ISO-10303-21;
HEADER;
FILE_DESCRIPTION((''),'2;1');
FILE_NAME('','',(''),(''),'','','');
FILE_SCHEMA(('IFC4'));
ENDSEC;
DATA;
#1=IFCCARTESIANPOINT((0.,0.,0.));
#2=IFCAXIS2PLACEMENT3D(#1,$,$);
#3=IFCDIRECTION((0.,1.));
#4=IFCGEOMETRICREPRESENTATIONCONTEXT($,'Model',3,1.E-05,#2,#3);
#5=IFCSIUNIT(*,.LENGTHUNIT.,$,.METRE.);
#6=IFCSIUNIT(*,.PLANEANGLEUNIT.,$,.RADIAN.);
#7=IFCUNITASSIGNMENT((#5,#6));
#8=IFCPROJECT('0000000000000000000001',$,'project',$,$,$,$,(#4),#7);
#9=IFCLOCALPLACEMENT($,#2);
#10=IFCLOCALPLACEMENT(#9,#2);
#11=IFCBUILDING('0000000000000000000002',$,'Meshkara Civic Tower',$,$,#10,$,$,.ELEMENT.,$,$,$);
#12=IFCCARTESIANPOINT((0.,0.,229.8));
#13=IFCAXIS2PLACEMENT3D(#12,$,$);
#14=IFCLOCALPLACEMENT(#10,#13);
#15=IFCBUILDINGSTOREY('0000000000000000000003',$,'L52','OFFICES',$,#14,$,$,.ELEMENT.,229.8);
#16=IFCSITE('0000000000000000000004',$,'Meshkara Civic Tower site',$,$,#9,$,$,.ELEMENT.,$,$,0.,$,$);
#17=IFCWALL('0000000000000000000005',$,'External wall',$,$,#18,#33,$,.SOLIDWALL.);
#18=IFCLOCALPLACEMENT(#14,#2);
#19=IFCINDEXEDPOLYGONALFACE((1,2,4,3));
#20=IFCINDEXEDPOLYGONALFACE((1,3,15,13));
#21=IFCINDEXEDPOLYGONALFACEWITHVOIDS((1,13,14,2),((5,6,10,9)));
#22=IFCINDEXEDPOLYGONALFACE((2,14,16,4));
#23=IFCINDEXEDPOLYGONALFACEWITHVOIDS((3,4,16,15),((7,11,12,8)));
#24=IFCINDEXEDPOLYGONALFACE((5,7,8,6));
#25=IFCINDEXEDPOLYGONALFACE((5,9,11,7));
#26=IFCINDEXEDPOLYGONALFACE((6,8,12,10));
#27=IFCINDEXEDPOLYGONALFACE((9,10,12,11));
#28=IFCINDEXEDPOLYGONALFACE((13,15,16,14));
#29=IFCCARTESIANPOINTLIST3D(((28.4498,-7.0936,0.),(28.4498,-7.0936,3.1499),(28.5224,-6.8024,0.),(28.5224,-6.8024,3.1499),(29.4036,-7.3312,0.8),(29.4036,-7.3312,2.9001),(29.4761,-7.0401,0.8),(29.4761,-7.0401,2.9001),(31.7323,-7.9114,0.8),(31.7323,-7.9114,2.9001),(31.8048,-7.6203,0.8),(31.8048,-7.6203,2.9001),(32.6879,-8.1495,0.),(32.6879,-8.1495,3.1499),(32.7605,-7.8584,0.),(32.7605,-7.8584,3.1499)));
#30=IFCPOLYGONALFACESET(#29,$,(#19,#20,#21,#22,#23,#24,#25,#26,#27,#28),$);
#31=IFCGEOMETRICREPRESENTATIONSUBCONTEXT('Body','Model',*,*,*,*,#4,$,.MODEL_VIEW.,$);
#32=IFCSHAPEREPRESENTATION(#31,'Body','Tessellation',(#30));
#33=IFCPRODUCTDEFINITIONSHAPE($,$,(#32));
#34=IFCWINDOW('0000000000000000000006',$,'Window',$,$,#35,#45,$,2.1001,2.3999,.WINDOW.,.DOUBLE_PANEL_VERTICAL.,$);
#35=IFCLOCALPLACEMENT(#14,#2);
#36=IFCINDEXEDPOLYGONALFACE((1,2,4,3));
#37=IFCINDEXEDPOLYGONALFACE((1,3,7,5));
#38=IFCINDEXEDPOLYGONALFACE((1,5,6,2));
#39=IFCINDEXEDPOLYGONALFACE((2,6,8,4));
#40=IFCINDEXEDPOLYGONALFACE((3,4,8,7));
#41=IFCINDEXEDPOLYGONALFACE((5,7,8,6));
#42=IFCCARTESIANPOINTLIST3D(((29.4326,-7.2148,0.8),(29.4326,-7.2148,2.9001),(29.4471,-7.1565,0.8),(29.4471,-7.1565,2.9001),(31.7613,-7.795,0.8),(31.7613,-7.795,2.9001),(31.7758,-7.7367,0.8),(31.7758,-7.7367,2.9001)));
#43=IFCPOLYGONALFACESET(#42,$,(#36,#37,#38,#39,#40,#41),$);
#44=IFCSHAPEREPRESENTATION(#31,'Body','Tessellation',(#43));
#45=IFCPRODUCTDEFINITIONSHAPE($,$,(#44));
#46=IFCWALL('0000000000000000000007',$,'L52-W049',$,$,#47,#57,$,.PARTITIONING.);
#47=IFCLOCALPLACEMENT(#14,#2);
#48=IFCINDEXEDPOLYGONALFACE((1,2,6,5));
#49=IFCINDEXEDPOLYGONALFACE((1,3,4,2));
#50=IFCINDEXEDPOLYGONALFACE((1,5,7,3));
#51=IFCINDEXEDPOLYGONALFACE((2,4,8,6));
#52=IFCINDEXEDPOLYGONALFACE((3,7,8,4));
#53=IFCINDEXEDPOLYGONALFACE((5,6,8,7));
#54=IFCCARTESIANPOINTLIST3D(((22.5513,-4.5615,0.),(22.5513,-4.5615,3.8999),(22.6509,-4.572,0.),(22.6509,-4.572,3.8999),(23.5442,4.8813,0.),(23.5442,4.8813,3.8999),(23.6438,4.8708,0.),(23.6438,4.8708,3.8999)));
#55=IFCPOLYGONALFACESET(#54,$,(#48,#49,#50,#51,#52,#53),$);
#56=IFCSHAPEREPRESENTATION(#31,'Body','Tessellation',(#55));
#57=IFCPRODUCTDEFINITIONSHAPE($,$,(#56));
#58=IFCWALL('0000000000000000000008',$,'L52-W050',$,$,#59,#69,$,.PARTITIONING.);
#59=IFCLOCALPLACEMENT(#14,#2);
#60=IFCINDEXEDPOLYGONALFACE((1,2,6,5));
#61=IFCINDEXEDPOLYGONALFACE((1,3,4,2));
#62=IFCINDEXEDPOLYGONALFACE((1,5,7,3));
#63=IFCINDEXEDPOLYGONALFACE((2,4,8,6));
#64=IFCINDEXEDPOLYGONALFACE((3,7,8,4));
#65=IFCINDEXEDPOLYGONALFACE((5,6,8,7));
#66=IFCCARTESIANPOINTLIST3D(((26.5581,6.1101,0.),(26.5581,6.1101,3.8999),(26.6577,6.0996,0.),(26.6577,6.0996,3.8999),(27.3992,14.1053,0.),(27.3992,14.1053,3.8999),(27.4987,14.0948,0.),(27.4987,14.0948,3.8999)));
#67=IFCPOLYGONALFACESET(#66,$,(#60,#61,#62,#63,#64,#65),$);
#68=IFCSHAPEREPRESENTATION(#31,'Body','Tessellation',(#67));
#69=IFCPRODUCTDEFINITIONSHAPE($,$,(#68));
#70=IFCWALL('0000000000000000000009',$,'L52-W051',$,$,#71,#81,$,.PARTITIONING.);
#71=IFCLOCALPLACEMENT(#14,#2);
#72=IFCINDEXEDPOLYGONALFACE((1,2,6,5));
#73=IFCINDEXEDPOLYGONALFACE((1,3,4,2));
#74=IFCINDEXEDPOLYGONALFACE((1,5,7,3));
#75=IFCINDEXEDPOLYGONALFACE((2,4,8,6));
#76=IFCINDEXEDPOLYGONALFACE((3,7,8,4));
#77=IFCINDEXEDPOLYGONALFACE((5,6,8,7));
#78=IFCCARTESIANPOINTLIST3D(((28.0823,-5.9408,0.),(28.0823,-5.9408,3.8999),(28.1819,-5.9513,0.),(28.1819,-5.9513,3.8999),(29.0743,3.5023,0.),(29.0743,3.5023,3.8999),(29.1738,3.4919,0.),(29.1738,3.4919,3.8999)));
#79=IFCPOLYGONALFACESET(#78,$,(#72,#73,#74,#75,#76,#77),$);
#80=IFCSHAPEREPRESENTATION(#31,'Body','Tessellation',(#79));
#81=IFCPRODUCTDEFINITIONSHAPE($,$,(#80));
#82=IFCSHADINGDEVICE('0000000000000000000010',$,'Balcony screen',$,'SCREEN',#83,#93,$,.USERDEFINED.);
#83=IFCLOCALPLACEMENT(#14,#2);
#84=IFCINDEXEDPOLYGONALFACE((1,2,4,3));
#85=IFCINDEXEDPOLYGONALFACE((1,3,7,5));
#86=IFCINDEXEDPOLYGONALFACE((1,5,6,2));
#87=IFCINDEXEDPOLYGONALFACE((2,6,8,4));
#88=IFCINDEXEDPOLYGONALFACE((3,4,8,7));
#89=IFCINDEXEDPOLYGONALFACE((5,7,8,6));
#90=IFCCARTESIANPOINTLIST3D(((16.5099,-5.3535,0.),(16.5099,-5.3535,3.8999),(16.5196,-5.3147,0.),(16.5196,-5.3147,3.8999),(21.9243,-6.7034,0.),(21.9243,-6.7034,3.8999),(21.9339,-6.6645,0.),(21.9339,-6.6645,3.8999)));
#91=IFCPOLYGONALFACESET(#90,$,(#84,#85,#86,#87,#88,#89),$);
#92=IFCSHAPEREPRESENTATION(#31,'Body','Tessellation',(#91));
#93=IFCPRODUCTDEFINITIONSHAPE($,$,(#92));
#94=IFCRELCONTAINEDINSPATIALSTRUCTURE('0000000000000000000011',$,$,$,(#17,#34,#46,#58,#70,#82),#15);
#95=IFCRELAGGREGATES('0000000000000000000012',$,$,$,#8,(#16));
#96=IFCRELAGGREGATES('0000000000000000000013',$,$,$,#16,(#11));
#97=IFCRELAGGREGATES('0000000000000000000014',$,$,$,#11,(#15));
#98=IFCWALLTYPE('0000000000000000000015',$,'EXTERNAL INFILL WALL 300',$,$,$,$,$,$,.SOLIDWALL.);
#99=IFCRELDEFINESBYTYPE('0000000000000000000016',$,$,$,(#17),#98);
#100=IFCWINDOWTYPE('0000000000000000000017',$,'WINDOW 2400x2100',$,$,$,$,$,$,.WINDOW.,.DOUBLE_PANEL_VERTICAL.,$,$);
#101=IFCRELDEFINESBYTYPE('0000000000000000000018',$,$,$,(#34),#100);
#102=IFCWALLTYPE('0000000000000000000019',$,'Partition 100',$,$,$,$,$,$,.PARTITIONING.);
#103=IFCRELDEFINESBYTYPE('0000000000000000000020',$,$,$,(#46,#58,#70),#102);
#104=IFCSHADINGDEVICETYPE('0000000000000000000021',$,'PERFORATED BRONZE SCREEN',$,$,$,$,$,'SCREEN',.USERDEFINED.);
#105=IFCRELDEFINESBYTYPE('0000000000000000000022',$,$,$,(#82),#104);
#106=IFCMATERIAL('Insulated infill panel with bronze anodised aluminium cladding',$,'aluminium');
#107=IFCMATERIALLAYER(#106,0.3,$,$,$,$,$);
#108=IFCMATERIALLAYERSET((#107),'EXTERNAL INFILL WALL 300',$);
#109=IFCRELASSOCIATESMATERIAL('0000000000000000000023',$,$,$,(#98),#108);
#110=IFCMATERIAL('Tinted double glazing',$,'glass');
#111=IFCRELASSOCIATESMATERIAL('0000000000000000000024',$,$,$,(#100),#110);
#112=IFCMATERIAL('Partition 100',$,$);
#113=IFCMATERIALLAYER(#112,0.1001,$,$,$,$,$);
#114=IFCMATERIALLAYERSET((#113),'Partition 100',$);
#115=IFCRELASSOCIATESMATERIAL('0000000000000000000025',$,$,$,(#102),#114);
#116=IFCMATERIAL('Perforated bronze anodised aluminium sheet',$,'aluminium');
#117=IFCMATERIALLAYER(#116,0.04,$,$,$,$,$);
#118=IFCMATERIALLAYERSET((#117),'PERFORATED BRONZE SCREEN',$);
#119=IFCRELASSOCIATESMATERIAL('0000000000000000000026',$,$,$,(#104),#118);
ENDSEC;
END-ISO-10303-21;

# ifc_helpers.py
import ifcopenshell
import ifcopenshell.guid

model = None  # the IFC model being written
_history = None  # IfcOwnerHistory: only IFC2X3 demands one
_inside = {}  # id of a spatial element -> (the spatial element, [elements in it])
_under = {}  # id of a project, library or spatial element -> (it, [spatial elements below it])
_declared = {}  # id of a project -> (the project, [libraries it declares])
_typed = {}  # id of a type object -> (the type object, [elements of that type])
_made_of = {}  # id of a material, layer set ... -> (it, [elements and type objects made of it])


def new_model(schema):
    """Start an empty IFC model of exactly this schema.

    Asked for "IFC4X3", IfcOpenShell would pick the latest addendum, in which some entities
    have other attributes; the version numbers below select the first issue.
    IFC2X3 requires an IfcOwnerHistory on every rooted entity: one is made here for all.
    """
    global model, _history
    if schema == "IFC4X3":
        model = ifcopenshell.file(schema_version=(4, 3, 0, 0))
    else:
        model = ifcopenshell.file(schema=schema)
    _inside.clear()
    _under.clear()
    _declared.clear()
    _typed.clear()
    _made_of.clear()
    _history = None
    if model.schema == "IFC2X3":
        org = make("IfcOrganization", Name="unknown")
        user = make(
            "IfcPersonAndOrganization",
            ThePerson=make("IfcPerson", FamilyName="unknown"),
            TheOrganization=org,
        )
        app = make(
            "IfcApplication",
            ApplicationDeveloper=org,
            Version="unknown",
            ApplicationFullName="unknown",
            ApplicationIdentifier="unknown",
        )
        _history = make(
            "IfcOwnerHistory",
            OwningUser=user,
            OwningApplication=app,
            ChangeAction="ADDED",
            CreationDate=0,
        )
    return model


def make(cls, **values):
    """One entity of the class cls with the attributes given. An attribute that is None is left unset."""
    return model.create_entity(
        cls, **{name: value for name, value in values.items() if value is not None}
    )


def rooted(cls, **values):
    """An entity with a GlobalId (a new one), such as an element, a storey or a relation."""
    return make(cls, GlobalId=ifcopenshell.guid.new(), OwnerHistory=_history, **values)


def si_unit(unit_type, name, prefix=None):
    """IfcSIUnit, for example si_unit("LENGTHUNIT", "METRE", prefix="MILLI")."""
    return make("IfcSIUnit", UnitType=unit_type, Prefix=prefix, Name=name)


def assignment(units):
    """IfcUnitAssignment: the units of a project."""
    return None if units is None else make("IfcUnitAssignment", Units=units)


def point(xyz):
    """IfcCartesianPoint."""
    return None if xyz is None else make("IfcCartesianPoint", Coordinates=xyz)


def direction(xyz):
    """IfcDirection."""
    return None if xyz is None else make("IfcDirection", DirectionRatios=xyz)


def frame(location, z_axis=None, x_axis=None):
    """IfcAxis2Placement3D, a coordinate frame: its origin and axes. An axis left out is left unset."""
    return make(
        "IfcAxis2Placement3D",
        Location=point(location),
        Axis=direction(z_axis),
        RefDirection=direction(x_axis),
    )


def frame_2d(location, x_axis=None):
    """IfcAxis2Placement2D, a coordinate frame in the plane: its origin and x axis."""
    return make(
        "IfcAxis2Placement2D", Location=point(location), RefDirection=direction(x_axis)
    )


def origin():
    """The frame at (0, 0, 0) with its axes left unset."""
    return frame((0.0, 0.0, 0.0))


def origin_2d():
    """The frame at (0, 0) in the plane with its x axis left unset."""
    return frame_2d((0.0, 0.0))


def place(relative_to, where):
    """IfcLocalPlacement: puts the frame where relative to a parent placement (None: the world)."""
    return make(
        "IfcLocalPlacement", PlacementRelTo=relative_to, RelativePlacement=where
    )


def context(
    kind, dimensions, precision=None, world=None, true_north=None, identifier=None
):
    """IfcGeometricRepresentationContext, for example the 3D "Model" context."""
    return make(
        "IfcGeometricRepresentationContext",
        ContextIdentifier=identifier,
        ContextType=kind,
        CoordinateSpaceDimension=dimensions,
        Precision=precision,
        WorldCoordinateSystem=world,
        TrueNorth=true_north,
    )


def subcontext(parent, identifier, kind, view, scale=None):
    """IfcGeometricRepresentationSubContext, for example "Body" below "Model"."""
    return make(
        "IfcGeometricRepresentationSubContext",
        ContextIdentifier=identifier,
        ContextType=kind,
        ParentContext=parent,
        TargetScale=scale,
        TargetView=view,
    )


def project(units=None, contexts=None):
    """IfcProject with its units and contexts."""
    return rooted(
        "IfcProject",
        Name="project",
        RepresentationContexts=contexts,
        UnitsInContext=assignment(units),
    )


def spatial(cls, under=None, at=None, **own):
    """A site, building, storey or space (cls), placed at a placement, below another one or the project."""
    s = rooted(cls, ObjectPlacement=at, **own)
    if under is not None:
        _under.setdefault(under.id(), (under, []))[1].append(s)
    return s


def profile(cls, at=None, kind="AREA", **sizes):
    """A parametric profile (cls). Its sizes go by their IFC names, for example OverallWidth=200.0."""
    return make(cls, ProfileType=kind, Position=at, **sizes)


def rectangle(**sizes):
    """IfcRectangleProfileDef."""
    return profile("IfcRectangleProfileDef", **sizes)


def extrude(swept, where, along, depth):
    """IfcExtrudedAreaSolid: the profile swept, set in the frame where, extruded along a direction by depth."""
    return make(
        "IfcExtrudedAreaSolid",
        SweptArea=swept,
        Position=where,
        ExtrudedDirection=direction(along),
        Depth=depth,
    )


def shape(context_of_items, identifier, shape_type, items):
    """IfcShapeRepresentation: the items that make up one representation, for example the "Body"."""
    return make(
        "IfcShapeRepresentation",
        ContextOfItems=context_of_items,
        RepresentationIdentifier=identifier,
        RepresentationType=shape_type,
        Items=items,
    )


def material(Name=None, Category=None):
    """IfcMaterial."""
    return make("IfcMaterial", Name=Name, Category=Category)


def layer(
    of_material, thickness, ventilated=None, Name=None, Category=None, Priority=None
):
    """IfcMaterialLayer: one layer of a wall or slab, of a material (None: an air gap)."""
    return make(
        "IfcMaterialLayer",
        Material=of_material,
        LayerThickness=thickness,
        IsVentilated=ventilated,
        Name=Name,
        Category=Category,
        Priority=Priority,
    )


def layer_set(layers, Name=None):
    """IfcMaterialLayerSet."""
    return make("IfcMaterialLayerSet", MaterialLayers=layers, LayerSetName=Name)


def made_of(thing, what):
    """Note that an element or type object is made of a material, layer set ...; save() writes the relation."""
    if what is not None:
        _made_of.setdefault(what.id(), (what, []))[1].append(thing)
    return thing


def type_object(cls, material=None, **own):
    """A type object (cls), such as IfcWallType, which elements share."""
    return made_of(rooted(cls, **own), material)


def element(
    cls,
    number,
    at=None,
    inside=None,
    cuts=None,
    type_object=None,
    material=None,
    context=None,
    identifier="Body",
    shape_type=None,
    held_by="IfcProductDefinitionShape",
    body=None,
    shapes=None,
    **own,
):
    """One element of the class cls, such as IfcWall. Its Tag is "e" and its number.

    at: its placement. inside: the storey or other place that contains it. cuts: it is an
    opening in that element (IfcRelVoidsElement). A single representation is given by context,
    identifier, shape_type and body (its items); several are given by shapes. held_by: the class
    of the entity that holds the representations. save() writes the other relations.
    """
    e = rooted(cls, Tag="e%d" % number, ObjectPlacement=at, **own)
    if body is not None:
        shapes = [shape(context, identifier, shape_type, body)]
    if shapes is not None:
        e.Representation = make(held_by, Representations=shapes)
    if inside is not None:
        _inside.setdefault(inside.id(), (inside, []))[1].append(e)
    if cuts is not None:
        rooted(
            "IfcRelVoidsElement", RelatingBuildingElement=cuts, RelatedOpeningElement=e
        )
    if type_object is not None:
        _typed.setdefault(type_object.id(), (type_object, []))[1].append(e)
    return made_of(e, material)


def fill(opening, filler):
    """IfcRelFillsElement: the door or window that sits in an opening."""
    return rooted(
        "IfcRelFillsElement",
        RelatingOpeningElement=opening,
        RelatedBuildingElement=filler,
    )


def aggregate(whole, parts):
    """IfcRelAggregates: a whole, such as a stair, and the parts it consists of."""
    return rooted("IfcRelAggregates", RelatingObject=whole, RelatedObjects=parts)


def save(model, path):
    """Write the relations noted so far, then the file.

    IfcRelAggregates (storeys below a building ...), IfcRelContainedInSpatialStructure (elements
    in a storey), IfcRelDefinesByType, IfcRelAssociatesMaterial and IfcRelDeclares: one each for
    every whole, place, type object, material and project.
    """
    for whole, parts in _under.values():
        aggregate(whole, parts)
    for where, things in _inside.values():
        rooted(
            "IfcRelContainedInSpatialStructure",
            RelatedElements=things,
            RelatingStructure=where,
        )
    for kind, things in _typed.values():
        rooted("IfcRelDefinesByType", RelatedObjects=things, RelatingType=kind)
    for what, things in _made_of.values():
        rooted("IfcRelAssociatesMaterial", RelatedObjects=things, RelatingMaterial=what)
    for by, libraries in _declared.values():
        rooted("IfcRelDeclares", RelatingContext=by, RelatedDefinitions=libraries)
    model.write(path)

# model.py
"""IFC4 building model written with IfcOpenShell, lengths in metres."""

from ifc_helpers import new_model, si_unit, direction, frame, frame_2d, origin, origin_2d, place, context, subcontext, project, spatial, rectangle, extrude, material, layer, layer_set, type_object, element, fill, save


model = new_model("IFC4")

# Units and contexts
model_context = context("Model", 3, precision=1e-05, world=origin(), true_north=direction((0.0, 1.0)))
body_context = subcontext(model_context, "Body", "Model", "MODEL_VIEW")
ifc_project = project(units=[si_unit("LENGTHUNIT", "METRE"), si_unit("PLANEANGLEUNIT", "RADIAN")], contexts=[model_context])

# Site, building, storey
site_placement = place(None, origin())
site = spatial("IfcSite", under=ifc_project, at=site_placement, Name="Meshkara Civic Tower site", CompositionType="ELEMENT", RefElevation=0.0)
building_placement = place(site_placement, origin())
building = spatial("IfcBuilding", under=site, at=building_placement, Name="Meshkara Civic Tower", CompositionType="ELEMENT")
storey_placement = place(building_placement, frame((0.0, 0.0, 229.8)))
storey = spatial("IfcBuildingStorey", under=building, at=storey_placement, Name="L52", Description="OFFICES", CompositionType="ELEMENT", Elevation=229.8)

# Wall, opening, window
ifc_material_1 = material(Name="Insulated infill panel with bronze anodised aluminium cladding", Category="aluminium")
ifc_layer_1 = layer(ifc_material_1, 0.3)
ifc_layer_set_1 = layer_set([ifc_layer_1], Name="EXTERNAL INFILL WALL 300")
wall_type_1 = type_object("IfcWallType", Name="EXTERNAL INFILL WALL 300", PredefinedType="SOLIDWALL", material=ifc_layer_set_1)
ifc_material_2 = material(Name="Tinted double glazing", Category="glass")
window_type = type_object("IfcWindowType", Name="WINDOW 2400x2100", PartitioningType="DOUBLE_PANEL_VERTICAL", PredefinedType="WINDOW", material=ifc_material_2)
wall_1_placement = place(storey_placement, frame((28.4861, -6.948, 0.0), z_axis=(0.0, 0.0, 1.0), x_axis=(0.970336, -0.24176, 0.0)))
wall_1 = element("IfcWall", 1, at=wall_1_placement, inside=storey, type_object=wall_type_1, Name="External wall", PredefinedType="SOLIDWALL", context=body_context, shape_type="SweptSolid", body=[
    extrude(rectangle(XDim=4.3677, YDim=0.3, at=frame_2d((2.1838, 0.0))), origin(), (0.0, 0.0, 1.0), 3.1499),
])
opening_1_placement = place(wall_1_placement, frame((0.9829, 0.0, 0.8)))
opening_1 = element("IfcOpeningElement", 2, at=opening_1_placement, cuts=wall_1, PredefinedType="OPENING", context=body_context, shape_type="SweptSolid", body=[
    extrude(rectangle(XDim=2.3999, YDim=2.1001, at=frame_2d((1.2, 1.05))), frame((0.0, 0.1599, 0.0), z_axis=(0.0, -1.0, 0.0), x_axis=(1.0, 0.0, 0.0)), (0.0, 0.0, 1.0), 0.3201),
])
window_1_placement = place(opening_1_placement, origin())
window_1 = element("IfcWindow", 3, at=window_1_placement, inside=storey, type_object=window_type, Name="Window", OverallHeight=2.1001, OverallWidth=2.3999, PartitioningType="DOUBLE_PANEL_VERTICAL", PredefinedType="WINDOW", context=body_context, shape_type="SweptSolid", body=[
    extrude(rectangle(XDim=2.3999, YDim=2.1001, at=frame_2d((1.2, 1.05))), frame((0.0, 0.03, 0.0), z_axis=(0.0, -1.0, 0.0), x_axis=(1.0, 0.0, 0.0)), (0.0, 0.0, 1.0), 0.0601),
])
fill(opening_1, window_1)

# Walls
ifc_material_3 = material(Name="Partition 100")
ifc_layer_2 = layer(ifc_material_3, 0.1001)
ifc_layer_set_2 = layer_set([ifc_layer_2], Name="Partition 100")
wall_type_2 = type_object("IfcWallType", Name="Partition 100", PredefinedType="PARTITIONING", material=ifc_layer_set_2)
wall_2_placement = place(storey_placement, frame((22.6011, -4.5669, 0.0), z_axis=(0.0, 0.0, 1.0), x_axis=(0.104574, 0.994517, 0.0)))
element("IfcWall", 4, at=wall_2_placement, inside=storey, type_object=wall_type_2, Name="L52-W049", PredefinedType="PARTITIONING", context=body_context, shape_type="SweptSolid", body=[
    extrude(rectangle(XDim=9.4949, YDim=0.1001, at=frame_2d((4.7476, 0.0))), origin(), (0.0, 0.0, 1.0), 3.8999),
])
wall_3_placement = place(storey_placement, frame((26.6079, 6.105, 0.0), z_axis=(0.0, 0.0, 1.0), x_axis=(0.10462, 0.994512, 0.0)))
element("IfcWall", 5, at=wall_3_placement, inside=storey, type_object=wall_type_2, Name="L52-W050", PredefinedType="PARTITIONING", context=body_context, shape_type="SweptSolid", body=[
    extrude(rectangle(XDim=8.0393, YDim=0.1001, at=frame_2d((4.0195, 0.0))), origin(), (0.0, 0.0, 1.0), 3.8999),
])
wall_4_placement = place(storey_placement, frame((28.1321, -5.946, 0.0), z_axis=(0.0, 0.0, 1.0), x_axis=(0.104469, 0.994528, 0.0)))
element("IfcWall", 6, at=wall_4_placement, inside=storey, type_object=wall_type_2, Name="L52-W051", PredefinedType="PARTITIONING", context=body_context, shape_type="SweptSolid", body=[
    extrude(rectangle(XDim=9.4951, YDim=0.1001, at=frame_2d((4.7476, 0.0))), origin(), (0.0, 0.0, 1.0), 3.8999),
])

# Shading device
ifc_material_4 = material(Name="Perforated bronze anodised aluminium sheet", Category="aluminium")
ifc_layer_3 = layer(ifc_material_4, 0.04)
ifc_layer_set_3 = layer_set([ifc_layer_3], Name="PERFORATED BRONZE SCREEN")
shading_device_type = type_object("IfcShadingDeviceType", Name="PERFORATED BRONZE SCREEN", ElementType="SCREEN", PredefinedType="USERDEFINED", material=ifc_layer_set_3)
shading_device_placement = place(storey_placement, frame((19.2219, -6.009, 0.0), z_axis=(0.0, 0.0, 1.0), x_axis=(0.9703, -0.241905, 0.0)))
element("IfcShadingDevice", 7, at=shading_device_placement, inside=storey, type_object=shading_device_type, Name="Balcony screen", ObjectType="SCREEN", PredefinedType="USERDEFINED", context=body_context, shape_type="SweptSolid", body=[
    extrude(rectangle(XDim=5.5801, YDim=0.04, at=origin_2d()), origin(), (0.0, 0.0, 1.0), 3.8999),
])

save(model, "model.ifc")
